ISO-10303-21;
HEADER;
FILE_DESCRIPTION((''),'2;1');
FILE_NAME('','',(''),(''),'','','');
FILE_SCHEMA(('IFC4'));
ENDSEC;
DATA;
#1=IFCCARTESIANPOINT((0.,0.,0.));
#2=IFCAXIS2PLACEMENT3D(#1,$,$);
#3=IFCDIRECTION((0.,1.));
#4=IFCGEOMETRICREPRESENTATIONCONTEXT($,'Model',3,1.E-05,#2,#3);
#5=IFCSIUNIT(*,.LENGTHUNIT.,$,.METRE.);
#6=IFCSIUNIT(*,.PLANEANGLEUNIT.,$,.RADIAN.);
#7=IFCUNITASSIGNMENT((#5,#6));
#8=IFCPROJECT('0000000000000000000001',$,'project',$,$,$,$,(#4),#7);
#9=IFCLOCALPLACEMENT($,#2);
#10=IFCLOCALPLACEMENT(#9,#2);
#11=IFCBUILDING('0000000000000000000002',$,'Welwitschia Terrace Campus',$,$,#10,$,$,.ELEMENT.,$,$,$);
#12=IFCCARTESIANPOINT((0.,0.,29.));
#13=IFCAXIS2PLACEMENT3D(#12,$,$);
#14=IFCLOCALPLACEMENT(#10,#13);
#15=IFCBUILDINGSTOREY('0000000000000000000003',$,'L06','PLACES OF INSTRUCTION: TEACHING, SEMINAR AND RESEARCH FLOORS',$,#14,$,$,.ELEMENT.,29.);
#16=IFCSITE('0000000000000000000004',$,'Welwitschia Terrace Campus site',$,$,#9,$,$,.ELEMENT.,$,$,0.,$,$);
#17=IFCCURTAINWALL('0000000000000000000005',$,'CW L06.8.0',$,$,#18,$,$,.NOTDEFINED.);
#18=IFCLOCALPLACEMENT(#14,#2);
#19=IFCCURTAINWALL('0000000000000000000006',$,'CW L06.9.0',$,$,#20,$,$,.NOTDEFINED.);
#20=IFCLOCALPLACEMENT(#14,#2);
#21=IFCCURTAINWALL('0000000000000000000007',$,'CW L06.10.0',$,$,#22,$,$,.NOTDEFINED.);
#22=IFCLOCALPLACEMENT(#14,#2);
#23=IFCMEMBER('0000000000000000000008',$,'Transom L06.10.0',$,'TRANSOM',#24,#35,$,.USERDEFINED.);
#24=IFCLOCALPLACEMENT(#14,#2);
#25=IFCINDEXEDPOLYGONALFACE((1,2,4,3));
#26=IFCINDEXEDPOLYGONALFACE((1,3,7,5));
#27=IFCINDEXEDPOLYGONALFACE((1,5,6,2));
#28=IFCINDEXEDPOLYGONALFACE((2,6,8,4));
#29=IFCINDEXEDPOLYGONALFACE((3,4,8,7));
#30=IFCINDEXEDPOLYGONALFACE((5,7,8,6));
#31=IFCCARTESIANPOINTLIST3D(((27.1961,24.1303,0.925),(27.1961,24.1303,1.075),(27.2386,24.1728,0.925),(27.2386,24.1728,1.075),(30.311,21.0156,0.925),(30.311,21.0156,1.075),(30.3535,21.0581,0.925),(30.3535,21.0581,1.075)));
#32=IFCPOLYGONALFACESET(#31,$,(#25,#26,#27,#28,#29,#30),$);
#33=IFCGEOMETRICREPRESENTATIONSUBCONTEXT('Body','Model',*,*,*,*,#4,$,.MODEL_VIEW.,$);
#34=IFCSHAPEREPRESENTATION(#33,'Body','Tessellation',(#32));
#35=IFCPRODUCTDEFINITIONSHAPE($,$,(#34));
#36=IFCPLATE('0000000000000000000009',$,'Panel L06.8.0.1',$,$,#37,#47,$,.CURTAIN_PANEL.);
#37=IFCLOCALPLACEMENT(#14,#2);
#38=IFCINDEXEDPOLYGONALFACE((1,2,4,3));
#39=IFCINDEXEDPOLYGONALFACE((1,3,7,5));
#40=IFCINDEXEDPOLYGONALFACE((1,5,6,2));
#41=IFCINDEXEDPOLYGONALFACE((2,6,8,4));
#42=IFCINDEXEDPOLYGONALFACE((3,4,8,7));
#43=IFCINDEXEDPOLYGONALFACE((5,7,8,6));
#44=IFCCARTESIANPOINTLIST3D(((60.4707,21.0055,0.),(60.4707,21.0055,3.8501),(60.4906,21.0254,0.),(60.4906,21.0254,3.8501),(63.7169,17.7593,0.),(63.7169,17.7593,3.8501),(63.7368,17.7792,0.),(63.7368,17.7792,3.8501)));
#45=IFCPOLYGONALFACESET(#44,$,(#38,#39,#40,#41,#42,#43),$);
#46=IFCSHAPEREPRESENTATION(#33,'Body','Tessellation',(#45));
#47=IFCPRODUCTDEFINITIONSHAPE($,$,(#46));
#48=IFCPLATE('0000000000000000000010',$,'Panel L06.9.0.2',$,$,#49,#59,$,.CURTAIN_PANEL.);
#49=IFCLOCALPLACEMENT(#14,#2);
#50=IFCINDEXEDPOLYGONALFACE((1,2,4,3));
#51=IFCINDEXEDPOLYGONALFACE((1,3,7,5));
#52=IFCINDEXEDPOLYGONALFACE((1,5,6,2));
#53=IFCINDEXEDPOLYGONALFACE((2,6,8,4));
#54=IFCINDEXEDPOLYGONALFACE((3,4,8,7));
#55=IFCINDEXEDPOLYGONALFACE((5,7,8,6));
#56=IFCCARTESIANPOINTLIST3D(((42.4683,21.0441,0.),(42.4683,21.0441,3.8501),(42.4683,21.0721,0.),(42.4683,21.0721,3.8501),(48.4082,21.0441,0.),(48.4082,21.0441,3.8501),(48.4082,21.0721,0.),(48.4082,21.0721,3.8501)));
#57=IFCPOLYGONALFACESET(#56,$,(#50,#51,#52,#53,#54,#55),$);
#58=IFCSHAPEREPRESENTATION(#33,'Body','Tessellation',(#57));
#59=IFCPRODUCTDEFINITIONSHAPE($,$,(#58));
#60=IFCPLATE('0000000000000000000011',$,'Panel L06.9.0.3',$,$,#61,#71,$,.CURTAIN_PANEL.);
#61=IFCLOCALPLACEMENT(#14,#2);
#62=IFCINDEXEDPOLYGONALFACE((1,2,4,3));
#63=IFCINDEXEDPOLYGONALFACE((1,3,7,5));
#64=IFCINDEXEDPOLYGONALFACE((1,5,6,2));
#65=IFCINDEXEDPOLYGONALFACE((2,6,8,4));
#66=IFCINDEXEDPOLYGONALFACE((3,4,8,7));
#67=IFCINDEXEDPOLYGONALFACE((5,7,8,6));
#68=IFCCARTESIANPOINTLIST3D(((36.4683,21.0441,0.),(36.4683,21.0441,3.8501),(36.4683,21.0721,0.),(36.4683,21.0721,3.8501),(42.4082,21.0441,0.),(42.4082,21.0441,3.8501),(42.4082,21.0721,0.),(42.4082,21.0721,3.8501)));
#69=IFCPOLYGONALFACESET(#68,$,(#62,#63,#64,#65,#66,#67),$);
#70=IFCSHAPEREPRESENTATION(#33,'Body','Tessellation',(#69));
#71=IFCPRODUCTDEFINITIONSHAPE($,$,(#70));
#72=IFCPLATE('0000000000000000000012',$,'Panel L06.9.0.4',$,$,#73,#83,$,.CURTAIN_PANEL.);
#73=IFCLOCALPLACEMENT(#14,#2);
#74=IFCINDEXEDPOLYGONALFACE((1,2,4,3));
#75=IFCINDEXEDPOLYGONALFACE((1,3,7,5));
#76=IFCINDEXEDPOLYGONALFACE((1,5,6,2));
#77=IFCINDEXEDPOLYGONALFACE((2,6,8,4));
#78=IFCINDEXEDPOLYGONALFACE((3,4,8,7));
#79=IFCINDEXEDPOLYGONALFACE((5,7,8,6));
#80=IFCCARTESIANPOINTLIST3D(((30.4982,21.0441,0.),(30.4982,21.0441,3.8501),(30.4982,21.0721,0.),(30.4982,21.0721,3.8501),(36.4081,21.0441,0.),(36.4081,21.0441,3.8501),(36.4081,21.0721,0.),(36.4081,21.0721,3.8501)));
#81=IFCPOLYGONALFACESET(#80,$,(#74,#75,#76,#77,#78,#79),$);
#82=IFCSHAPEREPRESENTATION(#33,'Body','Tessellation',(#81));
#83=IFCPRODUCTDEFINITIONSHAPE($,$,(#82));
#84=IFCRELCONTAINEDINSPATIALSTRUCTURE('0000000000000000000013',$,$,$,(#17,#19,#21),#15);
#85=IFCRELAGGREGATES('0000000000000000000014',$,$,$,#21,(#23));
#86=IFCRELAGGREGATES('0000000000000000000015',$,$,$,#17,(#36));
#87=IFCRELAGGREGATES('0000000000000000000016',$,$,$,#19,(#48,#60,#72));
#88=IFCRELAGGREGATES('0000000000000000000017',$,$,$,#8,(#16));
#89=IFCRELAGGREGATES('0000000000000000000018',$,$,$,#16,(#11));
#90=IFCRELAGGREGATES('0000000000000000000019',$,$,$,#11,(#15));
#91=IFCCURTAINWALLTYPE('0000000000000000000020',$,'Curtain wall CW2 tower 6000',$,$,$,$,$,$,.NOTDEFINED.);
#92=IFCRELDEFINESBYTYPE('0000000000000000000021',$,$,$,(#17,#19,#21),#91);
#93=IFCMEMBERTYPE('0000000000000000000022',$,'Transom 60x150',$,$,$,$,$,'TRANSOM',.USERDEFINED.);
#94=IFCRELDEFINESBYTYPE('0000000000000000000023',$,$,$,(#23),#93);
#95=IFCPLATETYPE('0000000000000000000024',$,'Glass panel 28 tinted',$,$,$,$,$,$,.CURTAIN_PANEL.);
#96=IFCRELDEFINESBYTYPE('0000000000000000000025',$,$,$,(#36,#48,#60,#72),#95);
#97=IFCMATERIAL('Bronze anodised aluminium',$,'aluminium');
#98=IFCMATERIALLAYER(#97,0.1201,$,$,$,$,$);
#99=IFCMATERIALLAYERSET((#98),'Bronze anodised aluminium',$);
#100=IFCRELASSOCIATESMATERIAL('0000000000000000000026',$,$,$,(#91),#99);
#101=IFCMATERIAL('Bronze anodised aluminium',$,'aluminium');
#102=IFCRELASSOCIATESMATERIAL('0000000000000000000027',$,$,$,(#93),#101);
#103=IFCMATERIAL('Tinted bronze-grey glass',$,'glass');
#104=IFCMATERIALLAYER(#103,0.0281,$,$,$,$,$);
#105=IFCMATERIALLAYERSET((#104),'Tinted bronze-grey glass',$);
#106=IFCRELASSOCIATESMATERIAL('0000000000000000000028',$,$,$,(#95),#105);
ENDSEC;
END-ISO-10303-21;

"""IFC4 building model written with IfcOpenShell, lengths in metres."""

from ifc_helpers import new_model, si_unit, direction, frame, origin, origin_2d, place, context, subcontext, project, spatial, rectangle, extrude, material, layer, layer_set, material_profile, profile_set, type_object, element, aggregate, save


model = new_model("IFC4")

# Units and contexts
model_context = context("Model", 3, precision=1e-05, world=origin(), true_north=direction((0.0, 1.0)))
body_context = subcontext(model_context, "Body", "Model", "MODEL_VIEW")
ifc_project = project(units=[si_unit("LENGTHUNIT", "METRE"), si_unit("PLANEANGLEUNIT", "RADIAN")], contexts=[model_context])

# Site, building, storey
site_placement = place(None, origin())
site = spatial("IfcSite", under=ifc_project, at=site_placement, Name="Welwitschia Terrace Campus site", CompositionType="ELEMENT", RefElevation=0.0)
building_placement = place(site_placement, origin())
building = spatial("IfcBuilding", under=site, at=building_placement, Name="Welwitschia Terrace Campus", CompositionType="ELEMENT")
storey_placement = place(building_placement, frame((0.0, 0.0, 29.0)))
storey = spatial("IfcBuildingStorey", under=building, at=storey_placement, Name="L06", Description="PLACES OF INSTRUCTION: TEACHING, SEMINAR AND RESEARCH FLOORS", CompositionType="ELEMENT", Elevation=29.0)

# Curtain wall
ifc_material_1 = material(Name="Bronze anodised aluminium", Category="aluminium")
ifc_layer_1 = layer(ifc_material_1, 0.1201)
ifc_layer_set_1 = layer_set([ifc_layer_1], Name="Bronze anodised aluminium")
curtain_wall_type = type_object("IfcCurtainWallType", Name="Curtain wall CW2 tower 6000", PredefinedType="NOTDEFINED", material=ifc_layer_set_1)
curtain_wall_1_placement = place(storey_placement, origin())
curtain_wall_1 = element("IfcCurtainWall", 1, at=curtain_wall_1_placement, inside=storey, type_object=curtain_wall_type, Name="CW L06.8.0", PredefinedType="NOTDEFINED")

# Curtain wall
curtain_wall_2_placement = place(storey_placement, origin())
curtain_wall_2 = element("IfcCurtainWall", 2, at=curtain_wall_2_placement, inside=storey, type_object=curtain_wall_type, Name="CW L06.9.0", PredefinedType="NOTDEFINED")

# Shared definitions
ifc_material_2 = material(Name="Bronze anodised aluminium", Category="aluminium")
ifc_material_profile_1 = material_profile(ifc_material_2, rectangle(XDim=0.0601, YDim=0.1499, at=origin_2d()))
ifc_profile_set_1 = profile_set([ifc_material_profile_1], Name="Bronze anodised aluminium")
member_type_1 = type_object("IfcMemberType", Name="Transom 60x150", ElementType="TRANSOM", PredefinedType="USERDEFINED", material=ifc_profile_set_1)

# Curtain wall, member
curtain_wall_3_placement = place(storey_placement, origin())
curtain_wall_3 = element("IfcCurtainWall", 3, at=curtain_wall_3_placement, inside=storey, type_object=curtain_wall_type, Name="CW L06.10.0", PredefinedType="NOTDEFINED")
member_1_placement = place(storey_placement, frame((30.3323, 21.0369, 1.0), z_axis=(-0.707134, 0.707079, 0.0), x_axis=(-0.707079, -0.707134, 0.0)))
member_1 = element("IfcMember", 4, at=member_1_placement, type_object=member_type_1, Name="Transom L06.10.0", ObjectType="TRANSOM", PredefinedType="USERDEFINED", context=body_context, shape_type="SweptSolid", body=[
    extrude(rectangle(XDim=0.0601, YDim=0.1499, at=origin_2d()), origin(), (0.0, 0.0, 1.0), 4.405),
])
aggregate(curtain_wall_3, [member_1])

# Plates
ifc_material_3 = material(Name="Tinted bronze-grey glass", Category="glass")
ifc_layer_2 = layer(ifc_material_3, 0.0281)
ifc_layer_set_2 = layer_set([ifc_layer_2], Name="Tinted bronze-grey glass")
plate_type = type_object("IfcPlateType", Name="Glass panel 28 tinted", PredefinedType="CURTAIN_PANEL", material=ifc_layer_set_2)
plate_1_placement = place(storey_placement, frame((62.1038, 19.3923, 0.0), z_axis=(0.0, 0.0, 1.0), x_axis=(-0.707107, 0.707107, 0.0)))
plate_1 = element("IfcPlate", 5, at=plate_1_placement, type_object=plate_type, Name="Panel L06.8.0.1", PredefinedType="CURTAIN_PANEL", context=body_context, shape_type="SweptSolid", body=[
    extrude(rectangle(XDim=4.5908, YDim=0.0281, at=origin_2d()), origin(), (0.0, 0.0, 1.0), 3.8501),
])
aggregate(curtain_wall_1, [plate_1])
plate_2_placement = place(storey_placement, frame((45.4382, 21.0581, 0.0), z_axis=(0.0, 0.0, 1.0), x_axis=(-1.0, 0.0, 0.0)))
plate_2 = element("IfcPlate", 6, at=plate_2_placement, type_object=plate_type, Name="Panel L06.9.0.2", PredefinedType="CURTAIN_PANEL", context=body_context, shape_type="SweptSolid", body=[
    extrude(rectangle(XDim=5.9399, YDim=0.0281, at=origin_2d()), origin(), (0.0, 0.0, 1.0), 3.8501),
])
plate_3_placement = place(storey_placement, frame((39.4382, 21.0581, 0.0), z_axis=(0.0, 0.0, 1.0), x_axis=(-1.0, 0.0, 0.0)))
plate_3 = element("IfcPlate", 7, at=plate_3_placement, type_object=plate_type, Name="Panel L06.9.0.3", PredefinedType="CURTAIN_PANEL", context=body_context, shape_type="SweptSolid", body=[
    extrude(rectangle(XDim=5.9399, YDim=0.0281, at=origin_2d()), origin(), (0.0, 0.0, 1.0), 3.8501),
])
plate_4_placement = place(storey_placement, frame((33.4531, 21.0581, 0.0), z_axis=(0.0, 0.0, 1.0), x_axis=(-1.0, 0.0, 0.0)))
plate_4 = element("IfcPlate", 8, at=plate_4_placement, type_object=plate_type, Name="Panel L06.9.0.4", PredefinedType="CURTAIN_PANEL", context=body_context, shape_type="SweptSolid", body=[
    extrude(rectangle(XDim=5.9099, YDim=0.0281, at=origin_2d()), origin(), (0.0, 0.0, 1.0), 3.8501),
])
aggregate(curtain_wall_2, [plate_2, plate_3, plate_4])

save(model, "model.ifc")
